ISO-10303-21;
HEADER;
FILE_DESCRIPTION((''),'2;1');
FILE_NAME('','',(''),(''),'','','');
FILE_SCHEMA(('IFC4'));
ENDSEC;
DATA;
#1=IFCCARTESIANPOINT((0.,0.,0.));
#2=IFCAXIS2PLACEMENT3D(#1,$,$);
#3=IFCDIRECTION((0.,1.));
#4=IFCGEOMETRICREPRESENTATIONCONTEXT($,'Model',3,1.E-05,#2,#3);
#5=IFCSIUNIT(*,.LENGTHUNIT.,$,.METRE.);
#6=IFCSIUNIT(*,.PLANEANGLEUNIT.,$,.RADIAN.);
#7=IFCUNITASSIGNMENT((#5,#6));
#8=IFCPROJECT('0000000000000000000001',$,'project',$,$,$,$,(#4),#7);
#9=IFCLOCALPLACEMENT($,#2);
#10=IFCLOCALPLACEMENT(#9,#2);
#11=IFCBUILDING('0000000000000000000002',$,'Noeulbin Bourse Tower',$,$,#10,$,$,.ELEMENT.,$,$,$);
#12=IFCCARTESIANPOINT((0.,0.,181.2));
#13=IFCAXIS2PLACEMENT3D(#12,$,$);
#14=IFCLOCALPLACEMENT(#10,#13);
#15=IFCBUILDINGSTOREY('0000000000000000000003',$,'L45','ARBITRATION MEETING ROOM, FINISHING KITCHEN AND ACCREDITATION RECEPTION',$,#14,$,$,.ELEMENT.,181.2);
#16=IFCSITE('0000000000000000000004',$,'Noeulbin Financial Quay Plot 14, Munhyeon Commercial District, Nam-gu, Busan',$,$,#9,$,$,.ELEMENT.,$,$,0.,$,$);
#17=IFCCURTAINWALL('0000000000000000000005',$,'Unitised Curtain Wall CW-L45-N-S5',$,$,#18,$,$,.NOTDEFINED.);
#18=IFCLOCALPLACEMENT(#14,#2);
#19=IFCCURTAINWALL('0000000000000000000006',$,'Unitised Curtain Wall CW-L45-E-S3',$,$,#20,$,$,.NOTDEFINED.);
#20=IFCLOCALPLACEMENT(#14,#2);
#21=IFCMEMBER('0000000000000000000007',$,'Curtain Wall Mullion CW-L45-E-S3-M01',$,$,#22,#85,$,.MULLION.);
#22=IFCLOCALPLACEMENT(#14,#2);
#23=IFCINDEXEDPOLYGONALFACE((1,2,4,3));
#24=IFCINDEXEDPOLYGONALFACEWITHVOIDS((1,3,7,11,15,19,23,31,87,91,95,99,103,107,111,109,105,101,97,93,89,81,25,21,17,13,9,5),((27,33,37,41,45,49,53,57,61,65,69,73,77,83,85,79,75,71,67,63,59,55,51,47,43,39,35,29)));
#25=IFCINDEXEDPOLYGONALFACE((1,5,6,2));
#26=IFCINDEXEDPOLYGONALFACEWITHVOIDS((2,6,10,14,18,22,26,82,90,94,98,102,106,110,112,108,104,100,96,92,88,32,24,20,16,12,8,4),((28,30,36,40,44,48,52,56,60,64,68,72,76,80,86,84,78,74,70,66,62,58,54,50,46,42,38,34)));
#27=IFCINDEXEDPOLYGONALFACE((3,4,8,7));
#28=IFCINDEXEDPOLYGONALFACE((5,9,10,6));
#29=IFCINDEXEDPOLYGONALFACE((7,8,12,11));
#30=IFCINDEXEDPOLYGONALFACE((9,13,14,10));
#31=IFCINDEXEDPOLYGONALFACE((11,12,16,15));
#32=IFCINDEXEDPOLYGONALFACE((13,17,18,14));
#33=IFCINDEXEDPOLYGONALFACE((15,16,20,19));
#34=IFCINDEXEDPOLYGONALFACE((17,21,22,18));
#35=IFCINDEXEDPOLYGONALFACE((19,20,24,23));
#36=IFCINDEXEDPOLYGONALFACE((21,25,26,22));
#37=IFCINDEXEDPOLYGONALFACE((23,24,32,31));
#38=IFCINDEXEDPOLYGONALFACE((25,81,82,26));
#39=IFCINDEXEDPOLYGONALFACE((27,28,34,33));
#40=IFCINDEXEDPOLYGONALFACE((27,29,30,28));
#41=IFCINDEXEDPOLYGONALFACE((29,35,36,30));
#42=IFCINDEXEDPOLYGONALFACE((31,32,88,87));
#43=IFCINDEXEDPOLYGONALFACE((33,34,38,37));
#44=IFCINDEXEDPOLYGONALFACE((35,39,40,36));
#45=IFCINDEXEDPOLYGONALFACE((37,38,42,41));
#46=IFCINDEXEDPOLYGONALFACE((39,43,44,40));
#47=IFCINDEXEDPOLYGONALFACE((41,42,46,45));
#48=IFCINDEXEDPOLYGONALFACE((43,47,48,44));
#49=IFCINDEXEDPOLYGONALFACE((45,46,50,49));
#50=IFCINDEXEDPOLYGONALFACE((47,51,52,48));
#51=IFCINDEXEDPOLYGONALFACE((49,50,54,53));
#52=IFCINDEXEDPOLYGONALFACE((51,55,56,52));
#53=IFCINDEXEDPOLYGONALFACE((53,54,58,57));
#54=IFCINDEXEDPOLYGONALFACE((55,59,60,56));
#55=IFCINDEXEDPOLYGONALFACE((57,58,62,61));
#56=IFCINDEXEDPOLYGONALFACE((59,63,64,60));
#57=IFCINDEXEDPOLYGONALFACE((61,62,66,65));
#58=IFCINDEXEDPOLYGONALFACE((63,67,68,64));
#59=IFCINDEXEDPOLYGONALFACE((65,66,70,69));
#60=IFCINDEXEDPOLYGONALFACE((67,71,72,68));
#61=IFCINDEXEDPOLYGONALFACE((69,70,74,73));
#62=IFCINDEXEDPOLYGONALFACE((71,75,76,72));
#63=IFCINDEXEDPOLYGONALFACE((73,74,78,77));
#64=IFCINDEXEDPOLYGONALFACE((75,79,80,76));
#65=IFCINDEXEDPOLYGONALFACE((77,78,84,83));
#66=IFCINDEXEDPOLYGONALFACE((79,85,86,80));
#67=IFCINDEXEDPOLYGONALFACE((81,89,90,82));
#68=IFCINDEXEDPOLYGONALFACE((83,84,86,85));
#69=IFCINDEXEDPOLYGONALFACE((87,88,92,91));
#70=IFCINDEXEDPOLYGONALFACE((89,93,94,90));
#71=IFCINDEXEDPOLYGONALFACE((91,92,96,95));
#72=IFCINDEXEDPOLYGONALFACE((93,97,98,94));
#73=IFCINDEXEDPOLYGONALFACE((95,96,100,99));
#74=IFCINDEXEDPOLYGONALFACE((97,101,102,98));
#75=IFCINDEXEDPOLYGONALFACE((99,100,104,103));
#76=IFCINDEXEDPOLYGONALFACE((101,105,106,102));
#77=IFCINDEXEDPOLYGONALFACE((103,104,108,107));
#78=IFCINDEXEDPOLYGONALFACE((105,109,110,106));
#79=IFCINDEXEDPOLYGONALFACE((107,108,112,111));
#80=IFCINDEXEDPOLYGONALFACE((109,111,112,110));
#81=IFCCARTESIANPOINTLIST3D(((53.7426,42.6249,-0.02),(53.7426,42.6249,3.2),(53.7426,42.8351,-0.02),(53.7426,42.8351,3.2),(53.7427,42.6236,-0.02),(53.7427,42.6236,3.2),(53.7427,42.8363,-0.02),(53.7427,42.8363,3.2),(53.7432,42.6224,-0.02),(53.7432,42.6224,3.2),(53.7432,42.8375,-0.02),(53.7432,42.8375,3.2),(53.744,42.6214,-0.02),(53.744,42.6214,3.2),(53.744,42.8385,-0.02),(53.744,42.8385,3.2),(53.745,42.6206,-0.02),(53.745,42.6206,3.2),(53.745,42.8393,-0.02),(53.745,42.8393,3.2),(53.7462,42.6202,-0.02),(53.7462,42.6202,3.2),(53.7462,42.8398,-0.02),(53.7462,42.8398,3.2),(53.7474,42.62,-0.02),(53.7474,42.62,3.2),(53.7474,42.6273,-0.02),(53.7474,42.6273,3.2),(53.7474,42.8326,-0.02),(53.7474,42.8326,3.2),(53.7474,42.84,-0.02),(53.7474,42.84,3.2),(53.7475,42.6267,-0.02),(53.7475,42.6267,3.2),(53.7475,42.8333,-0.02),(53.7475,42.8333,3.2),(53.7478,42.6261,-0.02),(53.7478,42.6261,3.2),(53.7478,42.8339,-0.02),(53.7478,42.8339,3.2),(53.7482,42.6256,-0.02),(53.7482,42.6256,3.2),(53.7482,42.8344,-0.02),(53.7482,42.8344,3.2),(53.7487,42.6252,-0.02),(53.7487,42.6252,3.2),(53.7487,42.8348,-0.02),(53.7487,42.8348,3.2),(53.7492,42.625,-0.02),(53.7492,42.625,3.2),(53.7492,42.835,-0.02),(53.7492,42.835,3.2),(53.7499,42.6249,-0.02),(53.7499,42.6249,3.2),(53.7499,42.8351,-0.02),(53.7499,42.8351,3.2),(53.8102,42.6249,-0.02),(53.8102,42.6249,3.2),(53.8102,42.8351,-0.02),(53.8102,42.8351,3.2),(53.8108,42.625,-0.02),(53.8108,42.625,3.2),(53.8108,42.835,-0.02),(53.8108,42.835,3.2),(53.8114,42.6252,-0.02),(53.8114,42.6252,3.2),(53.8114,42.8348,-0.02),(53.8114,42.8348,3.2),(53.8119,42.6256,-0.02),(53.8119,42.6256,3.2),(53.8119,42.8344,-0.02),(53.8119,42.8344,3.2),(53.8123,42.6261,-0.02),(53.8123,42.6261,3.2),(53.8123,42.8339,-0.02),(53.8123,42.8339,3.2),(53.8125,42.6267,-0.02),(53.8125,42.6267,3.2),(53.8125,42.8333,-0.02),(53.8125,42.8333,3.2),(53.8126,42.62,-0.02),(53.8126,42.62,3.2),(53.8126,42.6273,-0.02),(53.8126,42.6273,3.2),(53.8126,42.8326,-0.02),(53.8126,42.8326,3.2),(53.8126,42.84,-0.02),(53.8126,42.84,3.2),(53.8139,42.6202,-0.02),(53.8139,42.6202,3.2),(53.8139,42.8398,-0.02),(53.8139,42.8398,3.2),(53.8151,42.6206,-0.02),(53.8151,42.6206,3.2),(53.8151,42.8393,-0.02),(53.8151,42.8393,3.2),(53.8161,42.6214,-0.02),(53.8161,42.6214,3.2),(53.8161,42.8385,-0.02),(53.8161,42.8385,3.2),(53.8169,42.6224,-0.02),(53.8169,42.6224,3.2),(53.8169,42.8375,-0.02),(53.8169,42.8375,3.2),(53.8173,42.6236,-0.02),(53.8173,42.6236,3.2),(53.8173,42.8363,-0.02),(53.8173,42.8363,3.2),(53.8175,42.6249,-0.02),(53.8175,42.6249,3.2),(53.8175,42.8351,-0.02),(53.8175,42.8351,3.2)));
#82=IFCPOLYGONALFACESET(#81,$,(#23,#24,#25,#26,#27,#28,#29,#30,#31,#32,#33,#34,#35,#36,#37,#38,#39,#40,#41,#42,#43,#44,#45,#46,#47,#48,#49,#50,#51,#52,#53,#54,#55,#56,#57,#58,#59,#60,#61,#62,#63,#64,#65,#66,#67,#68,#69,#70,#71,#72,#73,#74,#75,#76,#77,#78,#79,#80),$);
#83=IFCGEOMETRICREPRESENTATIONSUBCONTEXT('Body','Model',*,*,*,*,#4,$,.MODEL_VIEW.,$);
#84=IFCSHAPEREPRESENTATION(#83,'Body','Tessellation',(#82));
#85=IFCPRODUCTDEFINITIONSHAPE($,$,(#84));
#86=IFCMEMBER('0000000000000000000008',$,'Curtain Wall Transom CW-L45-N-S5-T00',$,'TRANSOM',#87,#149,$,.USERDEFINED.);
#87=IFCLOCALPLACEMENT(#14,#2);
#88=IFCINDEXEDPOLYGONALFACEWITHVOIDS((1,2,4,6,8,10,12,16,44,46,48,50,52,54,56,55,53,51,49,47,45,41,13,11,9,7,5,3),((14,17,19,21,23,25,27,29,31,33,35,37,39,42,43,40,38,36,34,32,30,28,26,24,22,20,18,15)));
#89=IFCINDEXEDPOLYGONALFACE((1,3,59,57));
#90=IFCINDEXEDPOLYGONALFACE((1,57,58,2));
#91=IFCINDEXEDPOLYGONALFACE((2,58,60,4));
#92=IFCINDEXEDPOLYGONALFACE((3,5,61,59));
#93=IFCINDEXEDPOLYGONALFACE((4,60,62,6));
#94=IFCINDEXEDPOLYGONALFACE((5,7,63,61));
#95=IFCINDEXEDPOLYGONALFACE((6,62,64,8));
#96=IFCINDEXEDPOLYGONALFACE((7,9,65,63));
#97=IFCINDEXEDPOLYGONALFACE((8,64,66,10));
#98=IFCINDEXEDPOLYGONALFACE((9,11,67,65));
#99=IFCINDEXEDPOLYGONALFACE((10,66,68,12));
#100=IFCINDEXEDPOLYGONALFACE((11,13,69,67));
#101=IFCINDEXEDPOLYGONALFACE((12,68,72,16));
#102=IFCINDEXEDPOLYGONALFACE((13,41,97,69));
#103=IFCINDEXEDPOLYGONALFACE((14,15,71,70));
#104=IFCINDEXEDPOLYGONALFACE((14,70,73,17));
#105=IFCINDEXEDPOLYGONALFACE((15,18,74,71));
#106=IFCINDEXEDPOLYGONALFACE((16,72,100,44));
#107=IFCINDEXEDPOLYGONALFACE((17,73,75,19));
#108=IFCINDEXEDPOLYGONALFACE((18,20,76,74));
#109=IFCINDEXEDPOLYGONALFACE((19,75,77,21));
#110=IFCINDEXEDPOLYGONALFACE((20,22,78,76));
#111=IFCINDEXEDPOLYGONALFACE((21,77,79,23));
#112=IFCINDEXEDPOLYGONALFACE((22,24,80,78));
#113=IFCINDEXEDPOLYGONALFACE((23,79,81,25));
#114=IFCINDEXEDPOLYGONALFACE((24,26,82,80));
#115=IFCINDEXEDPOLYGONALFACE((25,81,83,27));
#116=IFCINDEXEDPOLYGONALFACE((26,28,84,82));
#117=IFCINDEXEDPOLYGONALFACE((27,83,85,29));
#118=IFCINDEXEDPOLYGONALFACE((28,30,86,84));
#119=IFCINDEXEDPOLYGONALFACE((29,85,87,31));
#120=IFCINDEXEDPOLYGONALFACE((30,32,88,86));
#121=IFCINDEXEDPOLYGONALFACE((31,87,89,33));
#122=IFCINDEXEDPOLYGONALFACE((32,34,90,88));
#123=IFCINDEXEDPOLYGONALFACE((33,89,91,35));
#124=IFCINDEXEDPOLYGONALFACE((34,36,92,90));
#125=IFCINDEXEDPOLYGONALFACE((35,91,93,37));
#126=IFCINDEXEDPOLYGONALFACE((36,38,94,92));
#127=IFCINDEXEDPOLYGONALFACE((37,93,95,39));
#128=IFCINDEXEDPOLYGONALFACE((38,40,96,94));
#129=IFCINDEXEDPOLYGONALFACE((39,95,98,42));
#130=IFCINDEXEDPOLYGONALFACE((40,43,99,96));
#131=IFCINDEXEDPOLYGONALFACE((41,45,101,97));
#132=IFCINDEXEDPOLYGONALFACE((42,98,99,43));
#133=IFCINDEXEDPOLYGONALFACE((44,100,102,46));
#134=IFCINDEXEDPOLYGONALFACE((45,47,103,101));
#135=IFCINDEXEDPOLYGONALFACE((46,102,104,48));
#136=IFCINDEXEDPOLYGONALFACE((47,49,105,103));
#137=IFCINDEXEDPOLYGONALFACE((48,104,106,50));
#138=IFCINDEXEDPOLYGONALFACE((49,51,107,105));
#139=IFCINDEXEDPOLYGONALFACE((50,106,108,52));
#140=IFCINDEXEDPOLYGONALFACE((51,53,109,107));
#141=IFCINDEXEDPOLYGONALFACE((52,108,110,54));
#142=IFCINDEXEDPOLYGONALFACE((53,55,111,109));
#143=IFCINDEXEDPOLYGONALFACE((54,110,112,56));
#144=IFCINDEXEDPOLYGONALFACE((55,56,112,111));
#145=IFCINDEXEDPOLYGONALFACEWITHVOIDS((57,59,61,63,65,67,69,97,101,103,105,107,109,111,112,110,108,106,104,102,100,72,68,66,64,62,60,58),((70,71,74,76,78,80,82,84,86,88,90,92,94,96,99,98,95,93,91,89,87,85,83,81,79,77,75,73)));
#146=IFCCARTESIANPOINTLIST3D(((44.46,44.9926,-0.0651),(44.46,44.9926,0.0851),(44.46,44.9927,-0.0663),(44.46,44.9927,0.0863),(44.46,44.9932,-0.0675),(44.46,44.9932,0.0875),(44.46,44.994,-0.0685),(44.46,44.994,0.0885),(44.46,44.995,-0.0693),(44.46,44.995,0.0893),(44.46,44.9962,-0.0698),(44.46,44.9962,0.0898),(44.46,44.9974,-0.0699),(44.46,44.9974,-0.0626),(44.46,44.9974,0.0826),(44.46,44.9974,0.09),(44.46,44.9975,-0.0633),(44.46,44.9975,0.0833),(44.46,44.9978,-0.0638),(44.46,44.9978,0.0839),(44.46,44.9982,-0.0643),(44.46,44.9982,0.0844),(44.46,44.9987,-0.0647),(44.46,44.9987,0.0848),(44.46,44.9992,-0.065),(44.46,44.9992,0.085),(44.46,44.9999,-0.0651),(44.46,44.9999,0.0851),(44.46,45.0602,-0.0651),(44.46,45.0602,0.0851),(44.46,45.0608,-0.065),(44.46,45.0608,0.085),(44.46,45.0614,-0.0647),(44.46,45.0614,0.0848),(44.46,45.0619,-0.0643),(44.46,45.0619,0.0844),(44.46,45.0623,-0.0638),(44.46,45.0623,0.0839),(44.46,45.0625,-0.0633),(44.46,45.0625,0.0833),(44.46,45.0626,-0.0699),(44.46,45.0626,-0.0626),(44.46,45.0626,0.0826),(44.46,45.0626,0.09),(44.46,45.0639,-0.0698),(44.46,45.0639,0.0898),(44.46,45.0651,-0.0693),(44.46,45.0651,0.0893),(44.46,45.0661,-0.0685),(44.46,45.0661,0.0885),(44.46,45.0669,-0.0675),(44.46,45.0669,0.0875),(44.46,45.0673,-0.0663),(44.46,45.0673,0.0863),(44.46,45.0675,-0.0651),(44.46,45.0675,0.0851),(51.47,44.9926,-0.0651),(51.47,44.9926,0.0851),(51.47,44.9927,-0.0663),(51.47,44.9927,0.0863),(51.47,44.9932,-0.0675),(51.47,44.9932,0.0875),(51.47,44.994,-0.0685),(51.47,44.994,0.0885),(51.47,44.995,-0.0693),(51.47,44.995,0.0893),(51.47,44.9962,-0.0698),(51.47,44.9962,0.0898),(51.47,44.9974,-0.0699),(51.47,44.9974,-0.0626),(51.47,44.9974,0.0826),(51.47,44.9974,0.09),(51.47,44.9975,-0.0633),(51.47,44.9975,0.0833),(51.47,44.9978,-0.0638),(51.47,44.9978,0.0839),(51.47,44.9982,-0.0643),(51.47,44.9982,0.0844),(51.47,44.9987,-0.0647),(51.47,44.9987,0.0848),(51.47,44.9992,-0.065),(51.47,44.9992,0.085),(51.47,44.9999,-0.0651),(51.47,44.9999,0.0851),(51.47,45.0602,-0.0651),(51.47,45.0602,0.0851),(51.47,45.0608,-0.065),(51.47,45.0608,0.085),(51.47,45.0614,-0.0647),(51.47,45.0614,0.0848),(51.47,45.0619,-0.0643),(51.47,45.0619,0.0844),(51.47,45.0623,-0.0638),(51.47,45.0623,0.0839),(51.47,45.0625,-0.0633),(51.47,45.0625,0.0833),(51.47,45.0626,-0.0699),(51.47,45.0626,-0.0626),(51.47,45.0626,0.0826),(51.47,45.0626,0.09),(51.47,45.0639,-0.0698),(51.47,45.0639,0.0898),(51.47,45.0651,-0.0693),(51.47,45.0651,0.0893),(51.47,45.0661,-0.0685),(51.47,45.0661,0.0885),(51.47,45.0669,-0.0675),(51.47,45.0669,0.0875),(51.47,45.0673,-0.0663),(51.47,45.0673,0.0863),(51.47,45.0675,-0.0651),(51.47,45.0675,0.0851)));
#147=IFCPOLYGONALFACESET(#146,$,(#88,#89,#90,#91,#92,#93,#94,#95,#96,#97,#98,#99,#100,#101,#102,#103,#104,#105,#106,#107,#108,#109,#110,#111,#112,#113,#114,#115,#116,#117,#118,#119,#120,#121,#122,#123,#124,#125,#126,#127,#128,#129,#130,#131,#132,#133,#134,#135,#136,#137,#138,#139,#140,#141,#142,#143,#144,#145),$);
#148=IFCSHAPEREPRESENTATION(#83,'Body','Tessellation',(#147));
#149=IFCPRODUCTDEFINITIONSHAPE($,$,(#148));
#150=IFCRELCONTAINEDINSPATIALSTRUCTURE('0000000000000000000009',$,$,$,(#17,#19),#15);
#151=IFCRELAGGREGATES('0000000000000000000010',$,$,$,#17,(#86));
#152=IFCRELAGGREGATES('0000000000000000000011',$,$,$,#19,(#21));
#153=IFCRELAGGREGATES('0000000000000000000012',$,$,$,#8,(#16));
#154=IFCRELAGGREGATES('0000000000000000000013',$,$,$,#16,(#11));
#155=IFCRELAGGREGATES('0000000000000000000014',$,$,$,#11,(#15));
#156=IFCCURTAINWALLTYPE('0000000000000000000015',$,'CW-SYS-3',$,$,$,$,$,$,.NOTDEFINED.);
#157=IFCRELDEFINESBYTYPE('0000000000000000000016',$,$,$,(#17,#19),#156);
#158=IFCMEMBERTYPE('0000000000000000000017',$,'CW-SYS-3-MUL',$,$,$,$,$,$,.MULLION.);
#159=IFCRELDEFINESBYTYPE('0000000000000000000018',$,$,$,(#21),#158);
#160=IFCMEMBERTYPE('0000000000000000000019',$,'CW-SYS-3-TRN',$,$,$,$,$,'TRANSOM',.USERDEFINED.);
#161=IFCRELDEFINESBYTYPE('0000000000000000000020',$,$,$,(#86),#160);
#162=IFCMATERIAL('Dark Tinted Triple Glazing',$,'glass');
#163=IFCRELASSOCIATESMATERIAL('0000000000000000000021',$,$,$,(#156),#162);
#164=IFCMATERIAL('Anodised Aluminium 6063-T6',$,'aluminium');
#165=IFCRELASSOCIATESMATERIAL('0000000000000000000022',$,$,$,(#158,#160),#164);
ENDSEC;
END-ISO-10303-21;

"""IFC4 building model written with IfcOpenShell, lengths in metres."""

from ifc_helpers import new_model, si_unit, direction, frame, origin, origin_2d, place, context, subcontext, project, spatial, hollow_rectangle, extrude, material, material_profile, profile_set, type_object, element, aggregate, save


model = new_model("IFC4")

# Units and contexts
model_context = context("Model", 3, precision=1e-05, world=origin(), true_north=direction((0.0, 1.0)))
body_context = subcontext(model_context, "Body", "Model", "MODEL_VIEW")
ifc_project = project(units=[si_unit("LENGTHUNIT", "METRE"), si_unit("PLANEANGLEUNIT", "RADIAN")], contexts=[model_context])

# Site, building, storey
site_placement = place(None, origin())
site = spatial("IfcSite", under=ifc_project, at=site_placement, Name="Noeulbin Financial Quay Plot 14, Munhyeon Commercial District, Nam-gu, Busan", CompositionType="ELEMENT", RefElevation=0.0)
building_placement = place(site_placement, origin())
building = spatial("IfcBuilding", under=site, at=building_placement, Name="Noeulbin Bourse Tower", CompositionType="ELEMENT")
storey_placement = place(building_placement, frame((0.0, 0.0, 181.2)))
storey = spatial("IfcBuildingStorey", under=building, at=storey_placement, Name="L45", Description="ARBITRATION MEETING ROOM, FINISHING KITCHEN AND ACCREDITATION RECEPTION", CompositionType="ELEMENT", Elevation=181.2)

# Shared definitions
ifc_material_1 = material(Name="Dark Tinted Triple Glazing", Category="glass")
curtain_wall_type = type_object("IfcCurtainWallType", Name="CW-SYS-3", PredefinedType="NOTDEFINED", material=ifc_material_1)
ifc_material_2 = material(Name="Anodised Aluminium 6063-T6", Category="aluminium")
ifc_material_profile_1 = material_profile(ifc_material_2, hollow_rectangle(XDim=0.075, YDim=0.22, WallThickness=0.0049, InnerFilletRadius=0.0024, OuterFilletRadius=0.0049, at=origin_2d()), Name="ALU-MULL-75x220x5", Category="LoadBearing")
ifc_profile_set_1 = profile_set([ifc_material_profile_1], Name="Anodised Aluminium 6063-T6")
member_type_1 = type_object("IfcMemberType", Name="CW-SYS-3-MUL", PredefinedType="MULLION", material=ifc_profile_set_1)

# Curtain walls, member
curtain_wall_1_placement = place(storey_placement, origin())
curtain_wall_1 = element("IfcCurtainWall", 1, at=curtain_wall_1_placement, inside=storey, type_object=curtain_wall_type, Name="Unitised Curtain Wall CW-L45-N-S5", PredefinedType="NOTDEFINED")
curtain_wall_2_placement = place(storey_placement, origin())
curtain_wall_2 = element("IfcCurtainWall", 2, at=curtain_wall_2_placement, inside=storey, type_object=curtain_wall_type, Name="Unitised Curtain Wall CW-L45-E-S3", PredefinedType="NOTDEFINED")
member_1_placement = place(storey_placement, frame((53.78, 42.73, -0.02), z_axis=(0.0, 0.0, 1.0), x_axis=(1.0, 0.0, 0.0)))
member_1 = element("IfcMember", 3, at=member_1_placement, type_object=member_type_1, Name="Curtain Wall Mullion CW-L45-E-S3-M01", PredefinedType="MULLION", context=body_context, shape_type="SweptSolid", body=[
    extrude(hollow_rectangle(XDim=0.075, YDim=0.22, WallThickness=0.0049, InnerFilletRadius=0.0024, OuterFilletRadius=0.0049, at=origin_2d()), origin(), (0.0, 0.0, 1.0), 3.22),
])

# Member
ifc_material_profile_2 = material_profile(ifc_material_2, hollow_rectangle(XDim=0.075, YDim=0.1599, WallThickness=0.0049, InnerFilletRadius=0.0024, OuterFilletRadius=0.0049, at=origin_2d()), Name="ALU-TRAN-75x160x5", Category="LoadBearing")
ifc_profile_set_2 = profile_set([ifc_material_profile_2], Name="Anodised Aluminium 6063-T6")
member_type_2 = type_object("IfcMemberType", Name="CW-SYS-3-TRN", ElementType="TRANSOM", PredefinedType="USERDEFINED", material=ifc_profile_set_2)
member_2_placement = place(storey_placement, frame((44.46, 45.03, 0.01), z_axis=(1.0, 0.0, 0.0), x_axis=(0.0, 1.0, 0.0)))
member_2 = element("IfcMember", 4, at=member_2_placement, type_object=member_type_2, Name="Curtain Wall Transom CW-L45-N-S5-T00", ObjectType="TRANSOM", PredefinedType="USERDEFINED", context=body_context, shape_type="SweptSolid", body=[
    extrude(hollow_rectangle(XDim=0.075, YDim=0.1599, WallThickness=0.0049, InnerFilletRadius=0.0024, OuterFilletRadius=0.0049, at=origin_2d()), origin(), (0.0, 0.0, 1.0), 7.01),
])

aggregate(curtain_wall_1, [member_2])
aggregate(curtain_wall_2, [member_1])

save(model, "model.ifc")
